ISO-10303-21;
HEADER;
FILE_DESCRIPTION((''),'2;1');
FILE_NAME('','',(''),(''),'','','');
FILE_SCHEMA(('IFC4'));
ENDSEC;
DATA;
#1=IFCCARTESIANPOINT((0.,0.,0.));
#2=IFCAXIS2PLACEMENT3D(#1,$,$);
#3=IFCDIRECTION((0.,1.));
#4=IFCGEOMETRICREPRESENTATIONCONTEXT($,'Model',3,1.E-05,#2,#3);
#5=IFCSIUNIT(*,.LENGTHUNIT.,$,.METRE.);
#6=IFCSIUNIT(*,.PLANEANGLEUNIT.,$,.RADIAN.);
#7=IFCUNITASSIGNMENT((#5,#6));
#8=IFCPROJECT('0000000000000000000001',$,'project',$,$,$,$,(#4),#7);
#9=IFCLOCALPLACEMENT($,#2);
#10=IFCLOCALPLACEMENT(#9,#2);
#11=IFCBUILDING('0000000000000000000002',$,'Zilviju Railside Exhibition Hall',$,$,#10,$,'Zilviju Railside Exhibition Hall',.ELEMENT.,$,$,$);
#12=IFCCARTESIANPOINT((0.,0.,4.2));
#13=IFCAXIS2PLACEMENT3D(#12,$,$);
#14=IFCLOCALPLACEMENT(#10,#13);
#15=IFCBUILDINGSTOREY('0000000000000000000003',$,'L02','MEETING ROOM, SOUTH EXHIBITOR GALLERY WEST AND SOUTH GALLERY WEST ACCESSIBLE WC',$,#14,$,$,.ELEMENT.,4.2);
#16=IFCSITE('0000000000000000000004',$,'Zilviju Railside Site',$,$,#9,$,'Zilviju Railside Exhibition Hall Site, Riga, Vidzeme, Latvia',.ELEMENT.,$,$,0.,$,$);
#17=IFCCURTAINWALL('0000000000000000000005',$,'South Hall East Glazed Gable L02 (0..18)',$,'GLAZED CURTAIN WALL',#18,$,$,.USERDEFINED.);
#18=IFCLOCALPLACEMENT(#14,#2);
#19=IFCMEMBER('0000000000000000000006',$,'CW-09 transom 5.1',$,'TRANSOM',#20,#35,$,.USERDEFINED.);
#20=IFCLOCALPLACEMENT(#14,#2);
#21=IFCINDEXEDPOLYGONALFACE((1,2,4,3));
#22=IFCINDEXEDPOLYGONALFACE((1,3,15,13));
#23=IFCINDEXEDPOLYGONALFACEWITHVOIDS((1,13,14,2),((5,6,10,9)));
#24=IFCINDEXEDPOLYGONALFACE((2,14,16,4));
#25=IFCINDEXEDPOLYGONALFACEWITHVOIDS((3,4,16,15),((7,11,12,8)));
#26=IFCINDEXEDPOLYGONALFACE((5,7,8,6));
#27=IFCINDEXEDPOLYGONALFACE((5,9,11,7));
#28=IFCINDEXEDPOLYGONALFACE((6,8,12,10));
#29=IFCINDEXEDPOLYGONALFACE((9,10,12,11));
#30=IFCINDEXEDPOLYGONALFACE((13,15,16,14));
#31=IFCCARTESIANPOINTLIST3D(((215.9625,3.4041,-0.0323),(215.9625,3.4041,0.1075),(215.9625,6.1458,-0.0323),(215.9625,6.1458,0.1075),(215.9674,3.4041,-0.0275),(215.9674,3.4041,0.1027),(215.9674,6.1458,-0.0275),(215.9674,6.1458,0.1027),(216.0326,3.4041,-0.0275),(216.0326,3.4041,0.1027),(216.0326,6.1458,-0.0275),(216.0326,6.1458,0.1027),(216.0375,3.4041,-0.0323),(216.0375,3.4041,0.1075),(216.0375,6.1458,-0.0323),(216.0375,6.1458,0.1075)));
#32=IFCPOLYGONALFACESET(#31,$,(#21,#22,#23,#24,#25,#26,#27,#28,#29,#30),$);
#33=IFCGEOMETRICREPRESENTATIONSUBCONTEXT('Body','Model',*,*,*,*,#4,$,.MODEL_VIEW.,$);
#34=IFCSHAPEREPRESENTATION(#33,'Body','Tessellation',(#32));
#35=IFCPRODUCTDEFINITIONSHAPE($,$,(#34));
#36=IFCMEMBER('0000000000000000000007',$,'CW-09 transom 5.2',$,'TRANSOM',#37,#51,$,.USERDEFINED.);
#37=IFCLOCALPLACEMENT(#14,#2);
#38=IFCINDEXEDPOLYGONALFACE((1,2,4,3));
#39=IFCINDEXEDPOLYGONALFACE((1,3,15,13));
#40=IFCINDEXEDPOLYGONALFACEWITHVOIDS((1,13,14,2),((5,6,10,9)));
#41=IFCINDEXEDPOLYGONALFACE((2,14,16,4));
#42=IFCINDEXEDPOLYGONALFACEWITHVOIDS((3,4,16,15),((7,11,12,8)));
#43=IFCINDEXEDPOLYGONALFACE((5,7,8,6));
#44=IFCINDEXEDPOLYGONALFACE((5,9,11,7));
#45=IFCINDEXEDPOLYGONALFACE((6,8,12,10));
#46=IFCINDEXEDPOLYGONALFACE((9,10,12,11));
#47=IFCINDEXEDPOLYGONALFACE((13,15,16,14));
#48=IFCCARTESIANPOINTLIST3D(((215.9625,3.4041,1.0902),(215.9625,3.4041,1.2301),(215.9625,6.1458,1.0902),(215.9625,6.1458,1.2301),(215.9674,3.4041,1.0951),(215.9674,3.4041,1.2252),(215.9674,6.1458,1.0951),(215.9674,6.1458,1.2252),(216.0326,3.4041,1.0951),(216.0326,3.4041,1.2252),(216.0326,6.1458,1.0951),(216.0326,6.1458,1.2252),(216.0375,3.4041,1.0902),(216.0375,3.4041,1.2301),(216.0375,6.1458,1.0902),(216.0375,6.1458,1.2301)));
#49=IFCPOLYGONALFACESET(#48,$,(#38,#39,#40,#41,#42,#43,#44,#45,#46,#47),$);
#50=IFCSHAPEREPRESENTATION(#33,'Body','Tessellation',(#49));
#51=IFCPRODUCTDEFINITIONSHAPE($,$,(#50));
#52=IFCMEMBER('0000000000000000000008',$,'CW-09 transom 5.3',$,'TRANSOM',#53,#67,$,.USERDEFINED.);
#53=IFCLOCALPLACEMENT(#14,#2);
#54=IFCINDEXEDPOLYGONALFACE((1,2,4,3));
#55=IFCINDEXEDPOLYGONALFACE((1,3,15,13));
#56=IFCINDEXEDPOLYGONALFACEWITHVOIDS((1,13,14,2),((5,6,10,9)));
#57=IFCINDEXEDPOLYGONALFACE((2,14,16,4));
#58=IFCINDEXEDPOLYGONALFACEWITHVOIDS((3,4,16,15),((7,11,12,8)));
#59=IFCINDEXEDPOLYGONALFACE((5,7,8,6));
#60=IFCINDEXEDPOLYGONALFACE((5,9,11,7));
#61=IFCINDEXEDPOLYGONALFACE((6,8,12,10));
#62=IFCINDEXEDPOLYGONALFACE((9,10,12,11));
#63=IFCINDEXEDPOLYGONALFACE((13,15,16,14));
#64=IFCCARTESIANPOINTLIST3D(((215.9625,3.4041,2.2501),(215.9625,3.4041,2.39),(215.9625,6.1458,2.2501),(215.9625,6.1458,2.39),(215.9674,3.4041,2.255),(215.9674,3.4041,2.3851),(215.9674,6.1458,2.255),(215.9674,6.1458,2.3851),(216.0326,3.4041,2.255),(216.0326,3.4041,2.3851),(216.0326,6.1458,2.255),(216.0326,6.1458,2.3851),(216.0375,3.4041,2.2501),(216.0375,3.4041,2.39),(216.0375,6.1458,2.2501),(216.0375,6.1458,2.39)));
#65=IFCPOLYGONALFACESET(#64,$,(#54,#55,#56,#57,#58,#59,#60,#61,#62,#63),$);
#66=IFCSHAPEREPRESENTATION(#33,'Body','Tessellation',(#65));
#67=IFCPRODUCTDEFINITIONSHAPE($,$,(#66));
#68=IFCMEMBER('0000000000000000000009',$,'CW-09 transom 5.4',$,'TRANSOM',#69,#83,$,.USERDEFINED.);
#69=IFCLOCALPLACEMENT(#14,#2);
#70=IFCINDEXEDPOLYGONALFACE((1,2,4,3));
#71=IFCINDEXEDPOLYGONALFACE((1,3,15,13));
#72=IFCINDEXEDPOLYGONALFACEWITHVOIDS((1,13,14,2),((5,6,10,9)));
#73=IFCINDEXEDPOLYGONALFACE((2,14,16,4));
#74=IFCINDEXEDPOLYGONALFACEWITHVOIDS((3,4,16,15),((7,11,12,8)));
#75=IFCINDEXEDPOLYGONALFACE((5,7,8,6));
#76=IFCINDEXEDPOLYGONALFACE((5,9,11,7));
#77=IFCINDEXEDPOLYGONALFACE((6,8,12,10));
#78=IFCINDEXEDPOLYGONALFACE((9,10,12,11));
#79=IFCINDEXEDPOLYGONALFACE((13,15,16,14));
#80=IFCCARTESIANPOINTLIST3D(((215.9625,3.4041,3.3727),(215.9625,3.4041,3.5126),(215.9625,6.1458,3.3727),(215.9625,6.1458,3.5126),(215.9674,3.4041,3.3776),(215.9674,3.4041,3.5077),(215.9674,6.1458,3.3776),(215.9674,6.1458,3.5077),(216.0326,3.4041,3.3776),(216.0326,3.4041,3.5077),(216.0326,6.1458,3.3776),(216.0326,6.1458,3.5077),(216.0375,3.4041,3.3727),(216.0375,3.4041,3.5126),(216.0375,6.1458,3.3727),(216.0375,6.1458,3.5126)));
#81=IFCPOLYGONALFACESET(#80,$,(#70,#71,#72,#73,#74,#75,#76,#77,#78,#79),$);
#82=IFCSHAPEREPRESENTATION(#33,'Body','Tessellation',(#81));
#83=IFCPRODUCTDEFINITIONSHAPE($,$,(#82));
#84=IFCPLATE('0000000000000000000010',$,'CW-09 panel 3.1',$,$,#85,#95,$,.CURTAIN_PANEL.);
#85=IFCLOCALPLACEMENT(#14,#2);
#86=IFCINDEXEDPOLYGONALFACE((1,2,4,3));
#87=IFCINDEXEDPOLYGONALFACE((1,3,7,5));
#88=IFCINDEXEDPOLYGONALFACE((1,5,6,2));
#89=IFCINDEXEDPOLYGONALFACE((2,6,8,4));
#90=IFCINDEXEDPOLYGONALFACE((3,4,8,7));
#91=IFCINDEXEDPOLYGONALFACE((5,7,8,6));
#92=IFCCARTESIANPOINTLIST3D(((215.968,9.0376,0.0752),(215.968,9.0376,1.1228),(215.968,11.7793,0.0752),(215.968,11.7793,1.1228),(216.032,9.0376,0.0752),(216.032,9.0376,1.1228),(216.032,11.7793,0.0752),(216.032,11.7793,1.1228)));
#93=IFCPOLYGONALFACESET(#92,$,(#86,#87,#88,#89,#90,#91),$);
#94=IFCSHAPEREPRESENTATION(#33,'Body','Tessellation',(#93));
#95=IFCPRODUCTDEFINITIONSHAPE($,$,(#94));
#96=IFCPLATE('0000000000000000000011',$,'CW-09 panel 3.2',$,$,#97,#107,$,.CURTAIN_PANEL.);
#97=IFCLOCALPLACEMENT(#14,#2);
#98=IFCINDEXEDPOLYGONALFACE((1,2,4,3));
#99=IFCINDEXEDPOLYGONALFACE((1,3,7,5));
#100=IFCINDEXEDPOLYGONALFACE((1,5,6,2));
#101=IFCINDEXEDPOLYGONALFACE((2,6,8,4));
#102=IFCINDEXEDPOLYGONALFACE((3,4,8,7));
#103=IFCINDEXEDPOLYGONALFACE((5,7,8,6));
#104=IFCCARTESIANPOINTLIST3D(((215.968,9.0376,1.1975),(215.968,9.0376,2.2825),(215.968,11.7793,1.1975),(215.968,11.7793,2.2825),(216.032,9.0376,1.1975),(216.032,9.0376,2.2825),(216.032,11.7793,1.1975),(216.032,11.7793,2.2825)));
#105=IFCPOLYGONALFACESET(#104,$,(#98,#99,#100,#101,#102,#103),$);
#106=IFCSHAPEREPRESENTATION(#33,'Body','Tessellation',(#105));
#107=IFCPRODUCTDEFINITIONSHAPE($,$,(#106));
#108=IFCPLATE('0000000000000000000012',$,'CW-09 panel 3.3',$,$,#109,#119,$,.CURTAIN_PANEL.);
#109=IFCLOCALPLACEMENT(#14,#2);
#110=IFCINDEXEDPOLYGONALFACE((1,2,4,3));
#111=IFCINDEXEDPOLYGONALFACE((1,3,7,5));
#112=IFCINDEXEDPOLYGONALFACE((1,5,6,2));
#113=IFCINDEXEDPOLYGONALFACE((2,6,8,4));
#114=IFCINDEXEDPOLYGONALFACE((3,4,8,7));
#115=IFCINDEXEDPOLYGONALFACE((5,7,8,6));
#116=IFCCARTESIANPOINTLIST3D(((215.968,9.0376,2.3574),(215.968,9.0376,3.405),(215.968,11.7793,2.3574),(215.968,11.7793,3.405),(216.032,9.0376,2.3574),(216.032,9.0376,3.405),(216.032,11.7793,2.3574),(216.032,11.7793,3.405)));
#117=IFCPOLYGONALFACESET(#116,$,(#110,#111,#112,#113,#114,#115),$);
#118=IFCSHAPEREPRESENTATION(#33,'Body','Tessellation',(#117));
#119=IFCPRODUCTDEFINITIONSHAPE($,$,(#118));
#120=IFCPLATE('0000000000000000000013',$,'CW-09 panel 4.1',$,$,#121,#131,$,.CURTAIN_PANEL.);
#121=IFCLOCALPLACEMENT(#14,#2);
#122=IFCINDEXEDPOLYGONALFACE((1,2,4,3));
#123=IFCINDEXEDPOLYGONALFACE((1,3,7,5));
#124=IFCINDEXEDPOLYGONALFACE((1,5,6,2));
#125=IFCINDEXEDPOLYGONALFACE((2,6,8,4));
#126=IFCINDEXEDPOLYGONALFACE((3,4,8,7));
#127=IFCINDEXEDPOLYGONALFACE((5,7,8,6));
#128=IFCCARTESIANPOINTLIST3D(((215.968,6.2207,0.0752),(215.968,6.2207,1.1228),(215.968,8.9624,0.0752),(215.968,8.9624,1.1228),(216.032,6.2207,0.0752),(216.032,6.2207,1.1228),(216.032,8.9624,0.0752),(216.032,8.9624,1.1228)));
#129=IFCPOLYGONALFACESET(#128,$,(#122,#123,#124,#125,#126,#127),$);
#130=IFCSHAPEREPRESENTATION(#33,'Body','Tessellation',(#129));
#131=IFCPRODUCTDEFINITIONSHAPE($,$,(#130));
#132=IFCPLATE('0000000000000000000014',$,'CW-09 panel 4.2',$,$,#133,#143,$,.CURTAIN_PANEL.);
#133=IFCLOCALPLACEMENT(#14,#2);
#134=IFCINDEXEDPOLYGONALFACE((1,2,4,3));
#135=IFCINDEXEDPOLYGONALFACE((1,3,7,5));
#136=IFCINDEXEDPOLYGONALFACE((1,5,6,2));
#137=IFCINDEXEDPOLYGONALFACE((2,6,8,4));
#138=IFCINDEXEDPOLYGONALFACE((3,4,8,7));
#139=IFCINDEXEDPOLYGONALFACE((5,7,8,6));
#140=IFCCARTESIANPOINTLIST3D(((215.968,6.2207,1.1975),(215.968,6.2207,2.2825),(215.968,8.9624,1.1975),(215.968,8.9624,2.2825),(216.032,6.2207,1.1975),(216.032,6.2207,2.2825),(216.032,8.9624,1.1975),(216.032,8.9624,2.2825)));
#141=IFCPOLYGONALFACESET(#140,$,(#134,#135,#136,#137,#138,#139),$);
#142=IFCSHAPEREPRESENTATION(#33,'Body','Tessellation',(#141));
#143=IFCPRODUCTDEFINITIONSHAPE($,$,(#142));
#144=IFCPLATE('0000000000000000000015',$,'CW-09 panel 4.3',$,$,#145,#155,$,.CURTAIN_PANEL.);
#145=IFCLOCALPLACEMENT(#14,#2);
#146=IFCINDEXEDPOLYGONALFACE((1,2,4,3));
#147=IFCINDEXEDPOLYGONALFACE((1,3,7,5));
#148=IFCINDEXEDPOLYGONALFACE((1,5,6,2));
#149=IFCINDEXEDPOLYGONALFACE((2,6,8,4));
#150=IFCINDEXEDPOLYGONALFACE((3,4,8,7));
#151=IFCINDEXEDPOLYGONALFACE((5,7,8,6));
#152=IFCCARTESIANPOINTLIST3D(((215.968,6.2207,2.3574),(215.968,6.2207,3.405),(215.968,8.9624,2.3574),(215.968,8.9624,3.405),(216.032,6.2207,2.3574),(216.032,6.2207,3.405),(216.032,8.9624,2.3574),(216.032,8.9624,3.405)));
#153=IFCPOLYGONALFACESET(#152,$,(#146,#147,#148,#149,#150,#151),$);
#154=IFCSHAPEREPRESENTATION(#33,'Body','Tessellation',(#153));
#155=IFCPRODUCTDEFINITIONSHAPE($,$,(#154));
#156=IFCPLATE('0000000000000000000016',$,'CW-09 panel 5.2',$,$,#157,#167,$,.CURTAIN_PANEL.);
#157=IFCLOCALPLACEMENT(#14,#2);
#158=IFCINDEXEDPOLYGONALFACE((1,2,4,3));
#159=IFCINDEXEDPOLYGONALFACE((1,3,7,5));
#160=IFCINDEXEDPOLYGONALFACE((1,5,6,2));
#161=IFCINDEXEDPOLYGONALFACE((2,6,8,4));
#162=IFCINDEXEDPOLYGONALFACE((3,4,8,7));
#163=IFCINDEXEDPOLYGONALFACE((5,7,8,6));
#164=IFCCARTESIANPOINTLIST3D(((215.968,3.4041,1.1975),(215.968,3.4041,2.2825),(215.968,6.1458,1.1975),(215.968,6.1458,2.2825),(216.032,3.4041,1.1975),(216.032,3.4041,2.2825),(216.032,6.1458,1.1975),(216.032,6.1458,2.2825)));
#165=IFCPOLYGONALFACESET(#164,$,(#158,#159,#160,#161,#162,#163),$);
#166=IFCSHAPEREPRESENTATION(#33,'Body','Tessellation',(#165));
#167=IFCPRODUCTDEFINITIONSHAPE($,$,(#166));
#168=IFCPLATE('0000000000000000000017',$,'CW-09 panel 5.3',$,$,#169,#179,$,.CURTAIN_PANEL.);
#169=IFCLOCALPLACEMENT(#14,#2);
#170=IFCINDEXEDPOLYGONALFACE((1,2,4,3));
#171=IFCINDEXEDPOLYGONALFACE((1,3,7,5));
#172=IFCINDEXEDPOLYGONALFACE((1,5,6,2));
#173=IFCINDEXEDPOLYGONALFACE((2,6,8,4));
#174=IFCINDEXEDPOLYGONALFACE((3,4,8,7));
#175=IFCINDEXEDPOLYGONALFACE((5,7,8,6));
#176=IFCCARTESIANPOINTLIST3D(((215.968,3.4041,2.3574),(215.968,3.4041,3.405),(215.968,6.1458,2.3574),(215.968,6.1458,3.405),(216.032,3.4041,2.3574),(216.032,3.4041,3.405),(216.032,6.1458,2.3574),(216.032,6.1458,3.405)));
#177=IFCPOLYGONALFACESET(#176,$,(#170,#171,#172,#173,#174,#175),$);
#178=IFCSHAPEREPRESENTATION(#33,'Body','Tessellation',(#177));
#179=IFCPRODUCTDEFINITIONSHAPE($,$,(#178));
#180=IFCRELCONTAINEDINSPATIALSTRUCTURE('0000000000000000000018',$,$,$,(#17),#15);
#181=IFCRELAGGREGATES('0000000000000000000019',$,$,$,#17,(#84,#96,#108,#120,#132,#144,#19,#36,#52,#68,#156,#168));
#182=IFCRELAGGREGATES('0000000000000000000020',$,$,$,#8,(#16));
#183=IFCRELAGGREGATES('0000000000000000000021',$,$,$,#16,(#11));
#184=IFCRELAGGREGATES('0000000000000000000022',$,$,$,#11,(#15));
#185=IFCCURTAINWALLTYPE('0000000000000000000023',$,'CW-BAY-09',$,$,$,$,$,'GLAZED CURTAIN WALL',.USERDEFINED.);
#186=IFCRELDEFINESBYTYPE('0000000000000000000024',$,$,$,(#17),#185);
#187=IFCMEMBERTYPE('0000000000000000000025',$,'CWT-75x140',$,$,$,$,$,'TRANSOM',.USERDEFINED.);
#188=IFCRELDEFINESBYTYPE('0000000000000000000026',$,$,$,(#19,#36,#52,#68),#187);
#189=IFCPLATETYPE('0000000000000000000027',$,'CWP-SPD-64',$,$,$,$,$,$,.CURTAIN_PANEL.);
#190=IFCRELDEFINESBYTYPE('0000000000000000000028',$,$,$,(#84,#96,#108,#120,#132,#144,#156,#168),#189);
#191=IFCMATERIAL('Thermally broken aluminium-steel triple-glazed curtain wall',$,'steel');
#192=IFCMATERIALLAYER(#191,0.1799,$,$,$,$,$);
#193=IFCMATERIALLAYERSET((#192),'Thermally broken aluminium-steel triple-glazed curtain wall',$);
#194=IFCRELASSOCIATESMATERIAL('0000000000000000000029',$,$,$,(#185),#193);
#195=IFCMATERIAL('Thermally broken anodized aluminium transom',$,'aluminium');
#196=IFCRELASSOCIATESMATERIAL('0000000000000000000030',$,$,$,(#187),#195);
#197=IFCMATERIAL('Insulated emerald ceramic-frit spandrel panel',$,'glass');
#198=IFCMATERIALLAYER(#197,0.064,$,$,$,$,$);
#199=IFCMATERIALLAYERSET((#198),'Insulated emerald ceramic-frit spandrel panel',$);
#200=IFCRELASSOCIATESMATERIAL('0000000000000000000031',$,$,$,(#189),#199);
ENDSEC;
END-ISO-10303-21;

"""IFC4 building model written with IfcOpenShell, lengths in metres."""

from ifc_helpers import new_model, si_unit, direction, frame, origin, origin_2d, place, context, subcontext, project, spatial, rectangle, hollow_rectangle, extrude, material, layer, layer_set, material_profile, profile_set, type_object, element, aggregate, save


model = new_model("IFC4")

# Units and contexts
model_context = context("Model", 3, precision=1e-05, world=origin(), true_north=direction((0.0, 1.0)))
body_context = subcontext(model_context, "Body", "Model", "MODEL_VIEW")
ifc_project = project(units=[si_unit("LENGTHUNIT", "METRE"), si_unit("PLANEANGLEUNIT", "RADIAN")], contexts=[model_context])

# Site, building, storey
site_placement = place(None, origin())
site = spatial("IfcSite", under=ifc_project, at=site_placement, Name="Zilviju Railside Site", LongName="Zilviju Railside Exhibition Hall Site, Riga, Vidzeme, Latvia", CompositionType="ELEMENT", RefElevation=0.0)
building_placement = place(site_placement, origin())
building = spatial("IfcBuilding", under=site, at=building_placement, Name="Zilviju Railside Exhibition Hall", LongName="Zilviju Railside Exhibition Hall", CompositionType="ELEMENT")
storey_placement = place(building_placement, frame((0.0, 0.0, 4.2)))
storey = spatial("IfcBuildingStorey", under=building, at=storey_placement, Name="L02", Description="MEETING ROOM, SOUTH EXHIBITOR GALLERY WEST AND SOUTH GALLERY WEST ACCESSIBLE WC", CompositionType="ELEMENT", Elevation=4.2)

# Curtain wall, members, plates
ifc_material_1 = material(Name="Thermally broken aluminium-steel triple-glazed curtain wall", Category="steel")
ifc_layer_1 = layer(ifc_material_1, 0.1799)
ifc_layer_set_1 = layer_set([ifc_layer_1], Name="Thermally broken aluminium-steel triple-glazed curtain wall")
curtain_wall_type = type_object("IfcCurtainWallType", Name="CW-BAY-09", ElementType="GLAZED CURTAIN WALL", PredefinedType="USERDEFINED", material=ifc_layer_set_1)
curtain_wall_placement = place(storey_placement, origin())
curtain_wall = element("IfcCurtainWall", 1, at=curtain_wall_placement, inside=storey, type_object=curtain_wall_type, Name="South Hall East Glazed Gable L02 (0..18)", ObjectType="GLAZED CURTAIN WALL", PredefinedType="USERDEFINED")
ifc_material_2 = material(Name="Thermally broken anodized aluminium transom", Category="aluminium")
ifc_material_profile_1 = material_profile(ifc_material_2, hollow_rectangle(XDim=0.075, YDim=0.1399, WallThickness=0.0049, at=origin_2d()), Name="TRANSOM 140x75x5")
ifc_profile_set_1 = profile_set([ifc_material_profile_1], Name="Thermally broken anodized aluminium transom")
member_type_1 = type_object("IfcMemberType", Name="CWT-75x140", ElementType="TRANSOM", PredefinedType="USERDEFINED", material=ifc_profile_set_1)
member_1_placement = place(storey_placement, frame((216.0, 6.1458, 0.0376), z_axis=(0.0, -1.0, 0.0), x_axis=(1.0, 0.0, 0.0)))
member_1 = element("IfcMember", 2, at=member_1_placement, type_object=member_type_1, Name="CW-09 transom 5.1", ObjectType="TRANSOM", PredefinedType="USERDEFINED", context=body_context, shape_type="SweptSolid", body=[
    extrude(hollow_rectangle(XDim=0.075, YDim=0.1399, WallThickness=0.0049, at=origin_2d()), origin(), (0.0, 0.0, 1.0), 2.7417),
])
member_2_placement = place(storey_placement, frame((216.0, 6.1458, 1.1602), z_axis=(0.0, -1.0, 0.0), x_axis=(1.0, 0.0, 0.0)))
member_2 = element("IfcMember", 3, at=member_2_placement, type_object=member_type_1, Name="CW-09 transom 5.2", ObjectType="TRANSOM", PredefinedType="USERDEFINED", context=body_context, shape_type="SweptSolid", body=[
    extrude(hollow_rectangle(XDim=0.075, YDim=0.1399, WallThickness=0.0049, at=origin_2d()), origin(), (0.0, 0.0, 1.0), 2.7417),
])
member_3_placement = place(storey_placement, frame((216.0, 6.1458, 2.3201), z_axis=(0.0, -1.0, 0.0), x_axis=(1.0, 0.0, 0.0)))
member_3 = element("IfcMember", 4, at=member_3_placement, type_object=member_type_1, Name="CW-09 transom 5.3", ObjectType="TRANSOM", PredefinedType="USERDEFINED", context=body_context, shape_type="SweptSolid", body=[
    extrude(hollow_rectangle(XDim=0.075, YDim=0.1399, WallThickness=0.0049, at=origin_2d()), origin(), (0.0, 0.0, 1.0), 2.7417),
])
member_4_placement = place(storey_placement, frame((216.0, 6.1458, 3.4426), z_axis=(0.0, -1.0, 0.0), x_axis=(1.0, 0.0, 0.0)))
member_4 = element("IfcMember", 5, at=member_4_placement, type_object=member_type_1, Name="CW-09 transom 5.4", ObjectType="TRANSOM", PredefinedType="USERDEFINED", context=body_context, shape_type="SweptSolid", body=[
    extrude(hollow_rectangle(XDim=0.075, YDim=0.1399, WallThickness=0.0049, at=origin_2d()), origin(), (0.0, 0.0, 1.0), 2.7417),
])
ifc_material_3 = material(Name="Insulated emerald ceramic-frit spandrel panel", Category="glass")
ifc_layer_2 = layer(ifc_material_3, 0.064)
ifc_layer_set_2 = layer_set([ifc_layer_2], Name="Insulated emerald ceramic-frit spandrel panel")
plate_type = type_object("IfcPlateType", Name="CWP-SPD-64", PredefinedType="CURTAIN_PANEL", material=ifc_layer_set_2)
plate_1_placement = place(storey_placement, frame((216.0, 10.4084, 0.0752), z_axis=(0.0, 0.0, 1.0), x_axis=(0.0, -1.0, 0.0)))
plate_1 = element("IfcPlate", 6, at=plate_1_placement, type_object=plate_type, Name="CW-09 panel 3.1", PredefinedType="CURTAIN_PANEL", context=body_context, shape_type="SweptSolid", body=[
    extrude(rectangle(XDim=2.7417, YDim=0.064, at=origin_2d()), origin(), (0.0, 0.0, 1.0), 1.0476),
])
plate_2_placement = place(storey_placement, frame((216.0, 10.4084, 1.1975), z_axis=(0.0, 0.0, 1.0), x_axis=(0.0, -1.0, 0.0)))
plate_2 = element("IfcPlate", 7, at=plate_2_placement, type_object=plate_type, Name="CW-09 panel 3.2", PredefinedType="CURTAIN_PANEL", context=body_context, shape_type="SweptSolid", body=[
    extrude(rectangle(XDim=2.7417, YDim=0.064, at=origin_2d()), origin(), (0.0, 0.0, 1.0), 1.085),
])
plate_3_placement = place(storey_placement, frame((216.0, 10.4084, 2.3574), z_axis=(0.0, 0.0, 1.0), x_axis=(0.0, -1.0, 0.0)))
plate_3 = element("IfcPlate", 8, at=plate_3_placement, type_object=plate_type, Name="CW-09 panel 3.3", PredefinedType="CURTAIN_PANEL", context=body_context, shape_type="SweptSolid", body=[
    extrude(rectangle(XDim=2.7417, YDim=0.064, at=origin_2d()), origin(), (0.0, 0.0, 1.0), 1.0476),
])
plate_4_placement = place(storey_placement, frame((216.0, 7.5916, 0.0752), z_axis=(0.0, 0.0, 1.0), x_axis=(0.0, -1.0, 0.0)))
plate_4 = element("IfcPlate", 9, at=plate_4_placement, type_object=plate_type, Name="CW-09 panel 4.1", PredefinedType="CURTAIN_PANEL", context=body_context, shape_type="SweptSolid", body=[
    extrude(rectangle(XDim=2.7417, YDim=0.064, at=origin_2d()), origin(), (0.0, 0.0, 1.0), 1.0476),
])
plate_5_placement = place(storey_placement, frame((216.0, 7.5916, 1.1975), z_axis=(0.0, 0.0, 1.0), x_axis=(0.0, -1.0, 0.0)))
plate_5 = element("IfcPlate", 10, at=plate_5_placement, type_object=plate_type, Name="CW-09 panel 4.2", PredefinedType="CURTAIN_PANEL", context=body_context, shape_type="SweptSolid", body=[
    extrude(rectangle(XDim=2.7417, YDim=0.064, at=origin_2d()), origin(), (0.0, 0.0, 1.0), 1.085),
])
plate_6_placement = place(storey_placement, frame((216.0, 7.5916, 2.3574), z_axis=(0.0, 0.0, 1.0), x_axis=(0.0, -1.0, 0.0)))
plate_6 = element("IfcPlate", 11, at=plate_6_placement, type_object=plate_type, Name="CW-09 panel 4.3", PredefinedType="CURTAIN_PANEL", context=body_context, shape_type="SweptSolid", body=[
    extrude(rectangle(XDim=2.7417, YDim=0.064, at=origin_2d()), origin(), (0.0, 0.0, 1.0), 1.0476),
])
plate_7_placement = place(storey_placement, frame((216.0, 4.7749, 1.1975), z_axis=(0.0, 0.0, 1.0), x_axis=(0.0, -1.0, 0.0)))
plate_7 = element("IfcPlate", 12, at=plate_7_placement, type_object=plate_type, Name="CW-09 panel 5.2", PredefinedType="CURTAIN_PANEL", context=body_context, shape_type="SweptSolid", body=[
    extrude(rectangle(XDim=2.7417, YDim=0.064, at=origin_2d()), origin(), (0.0, 0.0, 1.0), 1.085),
])
plate_8_placement = place(storey_placement, frame((216.0, 4.7749, 2.3574), z_axis=(0.0, 0.0, 1.0), x_axis=(0.0, -1.0, 0.0)))
plate_8 = element("IfcPlate", 13, at=plate_8_placement, type_object=plate_type, Name="CW-09 panel 5.3", PredefinedType="CURTAIN_PANEL", context=body_context, shape_type="SweptSolid", body=[
    extrude(rectangle(XDim=2.7417, YDim=0.064, at=origin_2d()), origin(), (0.0, 0.0, 1.0), 1.0476),
])
aggregate(curtain_wall, [plate_1, plate_2, plate_3, plate_4, plate_5, plate_6, member_1, member_2, member_3, member_4, plate_7, plate_8])

save(model, "model.ifc")
